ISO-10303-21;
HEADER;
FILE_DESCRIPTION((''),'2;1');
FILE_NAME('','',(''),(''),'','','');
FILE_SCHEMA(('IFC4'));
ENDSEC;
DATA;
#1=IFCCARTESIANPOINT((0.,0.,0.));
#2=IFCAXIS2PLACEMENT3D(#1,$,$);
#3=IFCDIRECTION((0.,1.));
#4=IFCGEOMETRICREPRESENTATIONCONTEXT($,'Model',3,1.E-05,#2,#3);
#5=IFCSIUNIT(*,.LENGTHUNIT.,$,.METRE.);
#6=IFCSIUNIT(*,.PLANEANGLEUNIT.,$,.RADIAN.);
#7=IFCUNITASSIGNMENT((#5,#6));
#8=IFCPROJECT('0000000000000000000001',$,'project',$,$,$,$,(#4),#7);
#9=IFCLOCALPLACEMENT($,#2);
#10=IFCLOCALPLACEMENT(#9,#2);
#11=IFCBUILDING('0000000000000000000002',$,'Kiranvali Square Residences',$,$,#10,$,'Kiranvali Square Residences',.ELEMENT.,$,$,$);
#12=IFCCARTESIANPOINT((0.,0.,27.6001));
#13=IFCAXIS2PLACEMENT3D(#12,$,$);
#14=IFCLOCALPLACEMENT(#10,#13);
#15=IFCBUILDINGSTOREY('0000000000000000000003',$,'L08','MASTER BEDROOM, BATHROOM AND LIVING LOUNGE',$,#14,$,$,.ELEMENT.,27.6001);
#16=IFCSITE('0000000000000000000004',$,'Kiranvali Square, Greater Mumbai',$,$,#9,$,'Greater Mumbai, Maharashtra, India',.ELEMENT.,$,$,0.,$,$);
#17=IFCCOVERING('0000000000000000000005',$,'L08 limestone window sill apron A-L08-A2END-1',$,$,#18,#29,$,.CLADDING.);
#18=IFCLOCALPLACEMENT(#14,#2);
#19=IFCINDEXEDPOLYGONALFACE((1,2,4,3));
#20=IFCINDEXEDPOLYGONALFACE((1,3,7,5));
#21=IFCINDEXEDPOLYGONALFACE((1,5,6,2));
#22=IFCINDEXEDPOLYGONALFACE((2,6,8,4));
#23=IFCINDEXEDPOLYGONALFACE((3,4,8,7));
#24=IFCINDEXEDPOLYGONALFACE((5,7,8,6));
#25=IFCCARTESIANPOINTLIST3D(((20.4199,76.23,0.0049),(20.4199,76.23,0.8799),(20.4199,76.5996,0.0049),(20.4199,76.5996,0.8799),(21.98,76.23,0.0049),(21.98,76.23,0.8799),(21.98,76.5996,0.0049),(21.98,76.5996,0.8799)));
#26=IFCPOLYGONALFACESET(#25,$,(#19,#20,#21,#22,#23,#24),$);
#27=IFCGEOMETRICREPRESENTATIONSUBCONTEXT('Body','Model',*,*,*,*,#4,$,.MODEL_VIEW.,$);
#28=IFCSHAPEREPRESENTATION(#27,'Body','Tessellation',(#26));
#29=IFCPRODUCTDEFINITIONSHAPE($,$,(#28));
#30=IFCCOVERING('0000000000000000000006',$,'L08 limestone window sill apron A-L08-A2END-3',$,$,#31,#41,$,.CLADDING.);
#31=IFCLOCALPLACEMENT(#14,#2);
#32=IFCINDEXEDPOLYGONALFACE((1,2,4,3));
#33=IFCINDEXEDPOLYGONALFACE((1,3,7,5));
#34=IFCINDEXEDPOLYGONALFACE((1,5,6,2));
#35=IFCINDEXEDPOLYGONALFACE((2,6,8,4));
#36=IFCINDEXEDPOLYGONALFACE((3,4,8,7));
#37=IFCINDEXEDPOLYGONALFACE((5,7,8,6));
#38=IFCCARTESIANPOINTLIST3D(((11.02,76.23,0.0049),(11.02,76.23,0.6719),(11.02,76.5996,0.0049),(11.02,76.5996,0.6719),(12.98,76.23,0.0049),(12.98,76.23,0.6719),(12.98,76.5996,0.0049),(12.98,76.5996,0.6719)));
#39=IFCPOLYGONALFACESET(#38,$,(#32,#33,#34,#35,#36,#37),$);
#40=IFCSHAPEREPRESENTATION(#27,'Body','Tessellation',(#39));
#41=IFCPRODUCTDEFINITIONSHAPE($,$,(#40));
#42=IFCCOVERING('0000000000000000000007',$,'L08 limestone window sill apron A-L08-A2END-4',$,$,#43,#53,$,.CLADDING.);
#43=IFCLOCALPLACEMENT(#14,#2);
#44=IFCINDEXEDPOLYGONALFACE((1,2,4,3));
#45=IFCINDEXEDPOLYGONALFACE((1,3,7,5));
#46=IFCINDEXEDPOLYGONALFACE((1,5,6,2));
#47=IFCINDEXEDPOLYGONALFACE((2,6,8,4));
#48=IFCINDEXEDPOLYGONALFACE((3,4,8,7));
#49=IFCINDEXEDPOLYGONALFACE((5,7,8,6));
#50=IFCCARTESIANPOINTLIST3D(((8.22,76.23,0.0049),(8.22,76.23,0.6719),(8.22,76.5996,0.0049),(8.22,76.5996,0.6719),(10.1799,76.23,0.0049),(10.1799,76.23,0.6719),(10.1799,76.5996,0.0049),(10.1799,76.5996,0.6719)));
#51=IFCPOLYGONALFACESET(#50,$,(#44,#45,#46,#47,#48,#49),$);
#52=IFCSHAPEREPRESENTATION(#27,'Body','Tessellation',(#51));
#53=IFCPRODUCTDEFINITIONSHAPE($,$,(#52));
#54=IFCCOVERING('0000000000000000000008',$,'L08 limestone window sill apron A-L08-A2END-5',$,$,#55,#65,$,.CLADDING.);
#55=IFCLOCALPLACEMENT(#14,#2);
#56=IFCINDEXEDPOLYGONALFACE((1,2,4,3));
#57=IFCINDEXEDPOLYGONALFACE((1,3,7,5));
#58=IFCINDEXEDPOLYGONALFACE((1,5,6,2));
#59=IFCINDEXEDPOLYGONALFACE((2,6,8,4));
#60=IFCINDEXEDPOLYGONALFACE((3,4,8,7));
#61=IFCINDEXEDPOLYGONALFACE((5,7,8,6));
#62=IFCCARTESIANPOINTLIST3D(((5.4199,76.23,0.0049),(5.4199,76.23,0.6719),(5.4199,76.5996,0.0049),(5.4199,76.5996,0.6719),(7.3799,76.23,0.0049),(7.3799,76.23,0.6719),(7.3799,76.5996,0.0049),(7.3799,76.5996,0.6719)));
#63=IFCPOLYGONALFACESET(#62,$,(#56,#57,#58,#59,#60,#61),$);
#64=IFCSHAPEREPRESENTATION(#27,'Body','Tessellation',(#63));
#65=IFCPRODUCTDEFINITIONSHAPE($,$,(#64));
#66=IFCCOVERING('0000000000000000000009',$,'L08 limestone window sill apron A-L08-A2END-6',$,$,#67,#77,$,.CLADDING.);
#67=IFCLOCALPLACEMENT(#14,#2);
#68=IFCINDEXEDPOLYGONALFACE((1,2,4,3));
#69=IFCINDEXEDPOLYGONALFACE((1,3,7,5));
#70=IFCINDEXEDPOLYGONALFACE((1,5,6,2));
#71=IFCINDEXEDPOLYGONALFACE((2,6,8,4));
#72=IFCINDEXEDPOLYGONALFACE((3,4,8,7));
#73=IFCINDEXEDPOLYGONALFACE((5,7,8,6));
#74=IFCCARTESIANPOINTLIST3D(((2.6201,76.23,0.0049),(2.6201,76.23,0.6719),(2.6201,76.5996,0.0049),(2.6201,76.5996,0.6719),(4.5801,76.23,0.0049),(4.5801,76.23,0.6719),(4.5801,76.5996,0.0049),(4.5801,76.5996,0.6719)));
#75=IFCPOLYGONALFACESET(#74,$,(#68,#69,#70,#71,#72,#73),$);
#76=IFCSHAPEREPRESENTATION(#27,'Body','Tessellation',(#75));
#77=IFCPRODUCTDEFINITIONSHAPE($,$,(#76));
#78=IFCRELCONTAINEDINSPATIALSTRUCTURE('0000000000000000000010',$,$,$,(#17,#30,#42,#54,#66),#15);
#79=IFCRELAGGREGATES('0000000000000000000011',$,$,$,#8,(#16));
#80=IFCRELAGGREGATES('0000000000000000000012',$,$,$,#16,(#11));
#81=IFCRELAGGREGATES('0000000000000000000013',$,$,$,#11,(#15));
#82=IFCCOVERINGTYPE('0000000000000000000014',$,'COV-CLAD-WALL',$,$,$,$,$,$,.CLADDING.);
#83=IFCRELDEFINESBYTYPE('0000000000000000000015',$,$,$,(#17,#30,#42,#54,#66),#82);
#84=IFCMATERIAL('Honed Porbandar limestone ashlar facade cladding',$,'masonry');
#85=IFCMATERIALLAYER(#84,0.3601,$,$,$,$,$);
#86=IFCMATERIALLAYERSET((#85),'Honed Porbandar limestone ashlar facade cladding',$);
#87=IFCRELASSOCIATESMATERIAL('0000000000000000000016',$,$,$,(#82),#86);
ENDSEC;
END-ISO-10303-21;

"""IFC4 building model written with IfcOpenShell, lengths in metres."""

from ifc_helpers import new_model, si_unit, direction, frame, origin, place, context, subcontext, project, spatial, polyline, outline, extrude, material, layer, layer_set, type_object, element, save


model = new_model("IFC4")

# Units and contexts
model_context = context("Model", 3, precision=1e-05, world=origin(), true_north=direction((0.0, 1.0)))
body_context = subcontext(model_context, "Body", "Model", "MODEL_VIEW")
ifc_project = project(units=[si_unit("LENGTHUNIT", "METRE"), si_unit("PLANEANGLEUNIT", "RADIAN")], contexts=[model_context])

# Site, building, storey
site_placement = place(None, origin())
site = spatial("IfcSite", under=ifc_project, at=site_placement, Name="Kiranvali Square, Greater Mumbai", LongName="Greater Mumbai, Maharashtra, India", CompositionType="ELEMENT", RefElevation=0.0)
building_placement = place(site_placement, origin())
building = spatial("IfcBuilding", under=site, at=building_placement, Name="Kiranvali Square Residences", LongName="Kiranvali Square Residences", CompositionType="ELEMENT")
storey_placement = place(building_placement, frame((0.0, 0.0, 27.6001)))
storey = spatial("IfcBuildingStorey", under=building, at=storey_placement, Name="L08", Description="MASTER BEDROOM, BATHROOM AND LIVING LOUNGE", CompositionType="ELEMENT", Elevation=27.6001)

# Coverings
ifc_material = material(Name="Honed Porbandar limestone ashlar facade cladding", Category="masonry")
ifc_layer_1 = layer(ifc_material, 0.3601)
ifc_layer_set_1 = layer_set([ifc_layer_1], Name="Honed Porbandar limestone ashlar facade cladding")
covering_type_1 = type_object("IfcCoveringType", Name="COV-CLAD-WALL", PredefinedType="CLADDING", material=ifc_layer_set_1)
covering_1_placement = place(storey_placement, frame((0.0, 0.0, 0.0049)))
element("IfcCovering", 1, at=covering_1_placement, inside=storey, type_object=covering_type_1, Name="L08 limestone window sill apron A-L08-A2END-1", PredefinedType="CLADDING", context=body_context, shape_type="SweptSolid", body=[
    extrude(outline(polyline([(21.98, 76.5996), (20.4199, 76.5996), (20.4199, 76.23), (21.98, 76.23), (21.98, 76.5996)])), origin(), (0.0, 0.0, 1.0), 0.875),
])
covering_2_placement = place(storey_placement, frame((0.0, 0.0, 0.0049)))
element("IfcCovering", 2, at=covering_2_placement, inside=storey, type_object=covering_type_1, Name="L08 limestone window sill apron A-L08-A2END-3", PredefinedType="CLADDING", context=body_context, shape_type="SweptSolid", body=[
    extrude(outline(polyline([(12.98, 76.5996), (11.02, 76.5996), (11.02, 76.23), (12.98, 76.23), (12.98, 76.5996)])), origin(), (0.0, 0.0, 1.0), 0.667),
])
covering_3_placement = place(storey_placement, frame((0.0, 0.0, 0.0049)))
element("IfcCovering", 3, at=covering_3_placement, inside=storey, type_object=covering_type_1, Name="L08 limestone window sill apron A-L08-A2END-4", PredefinedType="CLADDING", context=body_context, shape_type="SweptSolid", body=[
    extrude(outline(polyline([(10.1799, 76.5996), (8.22, 76.5996), (8.22, 76.23), (10.1799, 76.23), (10.1799, 76.5996)])), origin(), (0.0, 0.0, 1.0), 0.667),
])
covering_4_placement = place(storey_placement, frame((0.0, 0.0, 0.0049)))
element("IfcCovering", 4, at=covering_4_placement, inside=storey, type_object=covering_type_1, Name="L08 limestone window sill apron A-L08-A2END-5", PredefinedType="CLADDING", context=body_context, shape_type="SweptSolid", body=[
    extrude(outline(polyline([(7.3799, 76.5996), (5.4199, 76.5996), (5.4199, 76.23), (7.3799, 76.23), (7.3799, 76.5996)])), origin(), (0.0, 0.0, 1.0), 0.667),
])
covering_5_placement = place(storey_placement, frame((0.0, 0.0, 0.0049)))
element("IfcCovering", 5, at=covering_5_placement, inside=storey, type_object=covering_type_1, Name="L08 limestone window sill apron A-L08-A2END-6", PredefinedType="CLADDING", context=body_context, shape_type="SweptSolid", body=[
    extrude(outline(polyline([(4.5801, 76.5996), (2.6201, 76.5996), (2.6201, 76.23), (4.5801, 76.23), (4.5801, 76.5996)])), origin(), (0.0, 0.0, 1.0), 0.667),
])

save(model, "model.ifc")
